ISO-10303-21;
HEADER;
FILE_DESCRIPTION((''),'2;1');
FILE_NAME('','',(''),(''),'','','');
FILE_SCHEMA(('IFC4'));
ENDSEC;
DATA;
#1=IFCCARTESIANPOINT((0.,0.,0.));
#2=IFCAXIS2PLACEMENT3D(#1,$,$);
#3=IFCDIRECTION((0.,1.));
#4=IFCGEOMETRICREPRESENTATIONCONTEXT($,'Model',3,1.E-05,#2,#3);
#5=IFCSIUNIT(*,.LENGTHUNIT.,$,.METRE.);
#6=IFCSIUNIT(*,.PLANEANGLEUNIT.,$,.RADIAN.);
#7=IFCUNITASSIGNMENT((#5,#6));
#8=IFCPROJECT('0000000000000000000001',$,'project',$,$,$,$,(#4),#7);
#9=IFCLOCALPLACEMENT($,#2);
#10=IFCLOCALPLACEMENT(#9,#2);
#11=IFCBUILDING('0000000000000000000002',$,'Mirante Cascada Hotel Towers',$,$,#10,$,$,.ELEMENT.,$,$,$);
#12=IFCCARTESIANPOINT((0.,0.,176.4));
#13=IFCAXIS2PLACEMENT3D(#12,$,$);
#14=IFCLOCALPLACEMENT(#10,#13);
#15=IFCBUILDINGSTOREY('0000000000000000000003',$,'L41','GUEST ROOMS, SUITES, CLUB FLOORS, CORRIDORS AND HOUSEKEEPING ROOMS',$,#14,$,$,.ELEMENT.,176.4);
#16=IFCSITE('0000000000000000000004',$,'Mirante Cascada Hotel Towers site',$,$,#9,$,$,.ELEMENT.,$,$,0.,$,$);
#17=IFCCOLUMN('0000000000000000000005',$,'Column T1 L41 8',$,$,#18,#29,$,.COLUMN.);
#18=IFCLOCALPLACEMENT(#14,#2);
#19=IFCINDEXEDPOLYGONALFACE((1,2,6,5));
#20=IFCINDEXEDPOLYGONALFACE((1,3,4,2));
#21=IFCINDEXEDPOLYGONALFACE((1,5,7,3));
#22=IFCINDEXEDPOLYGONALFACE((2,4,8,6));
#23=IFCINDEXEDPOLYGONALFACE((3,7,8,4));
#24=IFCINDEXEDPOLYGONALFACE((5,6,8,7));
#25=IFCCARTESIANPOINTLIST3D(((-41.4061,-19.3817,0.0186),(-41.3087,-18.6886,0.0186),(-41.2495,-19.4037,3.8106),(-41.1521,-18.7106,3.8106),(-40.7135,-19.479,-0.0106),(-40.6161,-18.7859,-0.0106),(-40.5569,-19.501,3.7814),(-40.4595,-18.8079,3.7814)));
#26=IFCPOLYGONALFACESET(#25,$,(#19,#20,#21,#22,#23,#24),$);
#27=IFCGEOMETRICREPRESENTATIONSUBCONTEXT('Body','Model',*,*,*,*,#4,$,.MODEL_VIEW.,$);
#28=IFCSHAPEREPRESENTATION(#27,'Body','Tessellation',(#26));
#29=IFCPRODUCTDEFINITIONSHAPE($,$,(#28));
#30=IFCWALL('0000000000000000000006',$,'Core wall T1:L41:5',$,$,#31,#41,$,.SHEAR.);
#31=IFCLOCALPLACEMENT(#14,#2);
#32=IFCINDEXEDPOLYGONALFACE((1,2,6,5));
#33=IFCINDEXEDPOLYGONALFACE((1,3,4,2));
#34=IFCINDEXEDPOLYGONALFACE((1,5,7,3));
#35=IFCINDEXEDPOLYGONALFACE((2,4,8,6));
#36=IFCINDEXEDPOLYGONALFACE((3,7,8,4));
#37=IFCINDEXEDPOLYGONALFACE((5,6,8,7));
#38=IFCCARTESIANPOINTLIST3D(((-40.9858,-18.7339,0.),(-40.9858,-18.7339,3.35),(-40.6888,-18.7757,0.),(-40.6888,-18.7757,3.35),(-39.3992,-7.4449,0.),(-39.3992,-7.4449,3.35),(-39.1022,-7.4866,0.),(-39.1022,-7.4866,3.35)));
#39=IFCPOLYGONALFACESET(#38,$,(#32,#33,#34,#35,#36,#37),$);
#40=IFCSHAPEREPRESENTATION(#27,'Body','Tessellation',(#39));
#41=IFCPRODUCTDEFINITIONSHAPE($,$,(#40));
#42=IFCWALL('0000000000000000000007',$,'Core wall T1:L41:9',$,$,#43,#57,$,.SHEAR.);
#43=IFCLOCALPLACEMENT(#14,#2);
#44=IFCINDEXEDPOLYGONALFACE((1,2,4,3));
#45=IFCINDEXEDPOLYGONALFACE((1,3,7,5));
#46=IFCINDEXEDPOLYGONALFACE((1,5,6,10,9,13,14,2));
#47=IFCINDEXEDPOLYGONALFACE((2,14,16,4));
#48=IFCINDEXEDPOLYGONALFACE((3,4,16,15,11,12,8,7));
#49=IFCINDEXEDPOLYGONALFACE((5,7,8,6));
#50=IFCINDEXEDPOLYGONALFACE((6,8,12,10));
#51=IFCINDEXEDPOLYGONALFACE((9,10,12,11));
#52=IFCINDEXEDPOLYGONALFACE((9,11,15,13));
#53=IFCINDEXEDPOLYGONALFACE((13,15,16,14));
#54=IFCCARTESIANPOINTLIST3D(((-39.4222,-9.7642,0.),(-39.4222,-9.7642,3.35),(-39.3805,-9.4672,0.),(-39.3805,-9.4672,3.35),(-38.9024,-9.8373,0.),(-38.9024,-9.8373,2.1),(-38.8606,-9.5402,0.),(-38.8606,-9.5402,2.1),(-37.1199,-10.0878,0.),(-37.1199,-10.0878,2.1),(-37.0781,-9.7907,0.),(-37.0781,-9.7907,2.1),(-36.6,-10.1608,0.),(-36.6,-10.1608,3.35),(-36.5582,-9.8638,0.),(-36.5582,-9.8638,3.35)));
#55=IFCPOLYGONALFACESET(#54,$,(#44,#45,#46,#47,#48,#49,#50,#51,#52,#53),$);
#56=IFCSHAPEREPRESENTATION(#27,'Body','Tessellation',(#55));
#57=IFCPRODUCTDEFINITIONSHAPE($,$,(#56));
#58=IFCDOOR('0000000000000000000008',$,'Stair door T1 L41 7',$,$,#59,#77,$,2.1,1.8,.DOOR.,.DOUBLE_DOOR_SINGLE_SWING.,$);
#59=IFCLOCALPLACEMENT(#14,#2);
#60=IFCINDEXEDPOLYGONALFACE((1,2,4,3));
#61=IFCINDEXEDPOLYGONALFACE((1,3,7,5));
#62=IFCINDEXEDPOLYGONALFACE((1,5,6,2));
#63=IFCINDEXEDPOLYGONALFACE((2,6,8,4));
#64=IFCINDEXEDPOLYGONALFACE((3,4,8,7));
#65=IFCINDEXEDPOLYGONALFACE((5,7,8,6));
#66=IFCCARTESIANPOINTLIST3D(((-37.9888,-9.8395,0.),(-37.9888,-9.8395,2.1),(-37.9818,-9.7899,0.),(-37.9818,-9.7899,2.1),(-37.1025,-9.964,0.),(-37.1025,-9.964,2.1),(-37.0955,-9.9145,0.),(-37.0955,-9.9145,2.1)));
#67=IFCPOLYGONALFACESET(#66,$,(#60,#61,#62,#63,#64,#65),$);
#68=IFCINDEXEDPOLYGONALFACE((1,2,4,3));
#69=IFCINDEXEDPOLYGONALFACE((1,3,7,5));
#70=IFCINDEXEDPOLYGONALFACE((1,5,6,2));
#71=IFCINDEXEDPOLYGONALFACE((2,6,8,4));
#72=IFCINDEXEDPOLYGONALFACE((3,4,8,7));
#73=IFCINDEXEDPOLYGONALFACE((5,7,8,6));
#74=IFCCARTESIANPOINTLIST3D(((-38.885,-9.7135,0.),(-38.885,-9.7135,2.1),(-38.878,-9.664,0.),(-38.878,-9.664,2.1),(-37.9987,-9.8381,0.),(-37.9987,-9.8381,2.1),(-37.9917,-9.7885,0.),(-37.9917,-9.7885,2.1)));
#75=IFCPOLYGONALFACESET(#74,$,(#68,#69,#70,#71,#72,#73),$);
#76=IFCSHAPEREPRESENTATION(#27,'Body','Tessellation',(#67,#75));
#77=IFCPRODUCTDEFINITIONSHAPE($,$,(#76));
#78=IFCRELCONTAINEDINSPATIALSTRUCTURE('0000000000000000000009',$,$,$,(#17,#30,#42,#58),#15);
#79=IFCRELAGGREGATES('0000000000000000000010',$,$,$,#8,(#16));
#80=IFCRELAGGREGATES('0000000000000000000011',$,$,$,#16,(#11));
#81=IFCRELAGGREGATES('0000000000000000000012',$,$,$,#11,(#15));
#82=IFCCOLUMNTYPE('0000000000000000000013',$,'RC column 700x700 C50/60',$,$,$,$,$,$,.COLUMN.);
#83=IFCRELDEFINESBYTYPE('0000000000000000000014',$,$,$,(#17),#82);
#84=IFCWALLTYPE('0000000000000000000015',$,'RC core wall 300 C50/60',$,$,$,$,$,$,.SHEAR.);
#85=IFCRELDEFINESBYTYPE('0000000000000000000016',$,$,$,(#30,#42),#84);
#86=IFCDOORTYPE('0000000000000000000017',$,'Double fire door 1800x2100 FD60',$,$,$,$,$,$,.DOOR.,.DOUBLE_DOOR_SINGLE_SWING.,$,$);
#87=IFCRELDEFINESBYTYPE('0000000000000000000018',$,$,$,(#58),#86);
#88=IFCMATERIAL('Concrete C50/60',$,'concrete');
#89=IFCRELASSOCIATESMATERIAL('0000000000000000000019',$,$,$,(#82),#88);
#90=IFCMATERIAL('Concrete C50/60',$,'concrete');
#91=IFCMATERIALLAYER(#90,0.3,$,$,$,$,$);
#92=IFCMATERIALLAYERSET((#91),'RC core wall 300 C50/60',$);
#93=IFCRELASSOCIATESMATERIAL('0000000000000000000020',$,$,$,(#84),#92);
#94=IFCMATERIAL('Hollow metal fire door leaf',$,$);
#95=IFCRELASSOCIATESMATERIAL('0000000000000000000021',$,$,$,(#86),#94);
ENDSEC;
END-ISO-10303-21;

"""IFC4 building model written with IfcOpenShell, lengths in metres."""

from ifc_helpers import new_model, si_unit, direction, frame, frame_2d, origin, origin_2d, place, context, subcontext, project, spatial, rectangle, extrude, material, layer, layer_set, material_profile, profile_set, type_object, element, fill, save


model = new_model("IFC4")

# Units and contexts
model_context = context("Model", 3, precision=1e-05, world=origin(), true_north=direction((0.0, 1.0)))
body_context = subcontext(model_context, "Body", "Model", "MODEL_VIEW")
ifc_project = project(units=[si_unit("LENGTHUNIT", "METRE"), si_unit("PLANEANGLEUNIT", "RADIAN")], contexts=[model_context])

# Site, building, storey
site_placement = place(None, origin())
site = spatial("IfcSite", under=ifc_project, at=site_placement, Name="Mirante Cascada Hotel Towers site", CompositionType="ELEMENT", RefElevation=0.0)
building_placement = place(site_placement, origin())
building = spatial("IfcBuilding", under=site, at=building_placement, Name="Mirante Cascada Hotel Towers", CompositionType="ELEMENT")
storey_placement = place(building_placement, frame((0.0, 0.0, 176.4)))
storey = spatial("IfcBuildingStorey", under=building, at=storey_placement, Name="L41", Description="GUEST ROOMS, SUITES, CLUB FLOORS, CORRIDORS AND HOUSEKEEPING ROOMS", CompositionType="ELEMENT", Elevation=176.4)

# Column
ifc_material_1 = material(Name="Concrete C50/60", Category="concrete")
ifc_material_profile = material_profile(ifc_material_1, rectangle(XDim=0.7, YDim=0.7, at=origin_2d()), Name="RC column 700x700 C50/60")
ifc_profile_set = profile_set([ifc_material_profile], Name="Concrete C50/60")
column_type = type_object("IfcColumnType", Name="RC column 700x700 C50/60", PredefinedType="COLUMN", material=ifc_profile_set)
column_placement = place(storey_placement, frame((-41.0111, -19.0838, 0.004), z_axis=(0.041262, -0.005797, 0.999132), x_axis=(0.139119, 0.990276, 0.0)))
element("IfcColumn", 1, at=column_placement, inside=storey, type_object=column_type, Name="Column T1 L41 8", PredefinedType="COLUMN", context=body_context, shape_type="SweptSolid", body=[
    extrude(rectangle(XDim=0.7, YDim=0.7, at=origin_2d()), origin(), (0.0, 0.0, 1.0), 3.7953),
])

# Wall
ifc_material_2 = material(Name="Concrete C50/60", Category="concrete")
ifc_layer_1 = layer(ifc_material_2, 0.3)
ifc_layer_set_1 = layer_set([ifc_layer_1], Name="RC core wall 300 C50/60")
wall_type_1 = type_object("IfcWallType", Name="RC core wall 300 C50/60", PredefinedType="SHEAR", material=ifc_layer_set_1)
wall_1_placement = place(storey_placement, frame((-40.8373, -18.7548, 0.0), z_axis=(0.0, 0.0, 1.0), x_axis=(0.139175, 0.990268, 0.0)))
element("IfcWall", 2, at=wall_1_placement, inside=storey, type_object=wall_type_1, Name="Core wall T1:L41:5", PredefinedType="SHEAR", context=body_context, shape_type="SweptSolid", body=[
    extrude(rectangle(XDim=11.4, YDim=0.3, at=frame_2d((5.7, 0.0))), origin(), (0.0, 0.0, 1.0), 3.35),
])

# Wall, opening, door
wall_2_placement = place(storey_placement, frame((-36.5791, -10.0123, 0.0), z_axis=(0.0, 0.0, 1.0), x_axis=(-0.99027, 0.139156, 0.0)))
wall_2 = element("IfcWall", 3, at=wall_2_placement, inside=storey, type_object=wall_type_1, Name="Core wall T1:L41:9", PredefinedType="SHEAR", context=body_context, shape_type="SweptSolid", body=[
    extrude(rectangle(XDim=2.85, YDim=0.3, at=frame_2d((1.425, 0.0))), origin(), (0.0, 0.0, 1.0), 3.35),
])
opening_1_placement = place(wall_2_placement, frame((0.525, 0.0, 0.0)))
opening_1 = element("IfcOpeningElement", 4, at=opening_1_placement, cuts=wall_2, PredefinedType="OPENING", context=body_context, shape_type="SweptSolid", body=[
    extrude(rectangle(XDim=1.8, YDim=2.1, at=frame_2d((0.9, 1.05))), frame((0.0, 0.15, 0.0), z_axis=(0.0, -1.0, 0.0), x_axis=(1.0, 0.0, 0.0)), (0.0, 0.0, 1.0), 0.3),
])
ifc_material_3 = material(Name="Hollow metal fire door leaf")
door_type_1 = type_object("IfcDoorType", Name="Double fire door 1800x2100 FD60", OperationType="DOUBLE_DOOR_SINGLE_SWING", PredefinedType="DOOR", material=ifc_material_3)
door_1_placement = place(opening_1_placement, origin())
door_1 = element("IfcDoor", 5, at=door_1_placement, inside=storey, type_object=door_type_1, Name="Stair door T1 L41 7", OperationType="DOUBLE_DOOR_SINGLE_SWING", OverallHeight=2.1, OverallWidth=1.8, PredefinedType="DOOR", context=body_context, shape_type="SweptSolid", body=[
    extrude(rectangle(XDim=0.895, YDim=2.1, at=frame_2d((0.4475, 1.05))), frame((0.0, 0.025, 0.0), z_axis=(0.0, -1.0, 0.0), x_axis=(1.0, 0.0, 0.0)), (0.0, 0.0, 1.0), 0.05),
    extrude(rectangle(XDim=0.895, YDim=2.1, at=frame_2d((1.3525, 1.05))), frame((0.0, 0.025, 0.0), z_axis=(0.0, -1.0, 0.0), x_axis=(1.0, 0.0, 0.0)), (0.0, 0.0, 1.0), 0.05),
])
fill(opening_1, door_1)

save(model, "model.ifc")
